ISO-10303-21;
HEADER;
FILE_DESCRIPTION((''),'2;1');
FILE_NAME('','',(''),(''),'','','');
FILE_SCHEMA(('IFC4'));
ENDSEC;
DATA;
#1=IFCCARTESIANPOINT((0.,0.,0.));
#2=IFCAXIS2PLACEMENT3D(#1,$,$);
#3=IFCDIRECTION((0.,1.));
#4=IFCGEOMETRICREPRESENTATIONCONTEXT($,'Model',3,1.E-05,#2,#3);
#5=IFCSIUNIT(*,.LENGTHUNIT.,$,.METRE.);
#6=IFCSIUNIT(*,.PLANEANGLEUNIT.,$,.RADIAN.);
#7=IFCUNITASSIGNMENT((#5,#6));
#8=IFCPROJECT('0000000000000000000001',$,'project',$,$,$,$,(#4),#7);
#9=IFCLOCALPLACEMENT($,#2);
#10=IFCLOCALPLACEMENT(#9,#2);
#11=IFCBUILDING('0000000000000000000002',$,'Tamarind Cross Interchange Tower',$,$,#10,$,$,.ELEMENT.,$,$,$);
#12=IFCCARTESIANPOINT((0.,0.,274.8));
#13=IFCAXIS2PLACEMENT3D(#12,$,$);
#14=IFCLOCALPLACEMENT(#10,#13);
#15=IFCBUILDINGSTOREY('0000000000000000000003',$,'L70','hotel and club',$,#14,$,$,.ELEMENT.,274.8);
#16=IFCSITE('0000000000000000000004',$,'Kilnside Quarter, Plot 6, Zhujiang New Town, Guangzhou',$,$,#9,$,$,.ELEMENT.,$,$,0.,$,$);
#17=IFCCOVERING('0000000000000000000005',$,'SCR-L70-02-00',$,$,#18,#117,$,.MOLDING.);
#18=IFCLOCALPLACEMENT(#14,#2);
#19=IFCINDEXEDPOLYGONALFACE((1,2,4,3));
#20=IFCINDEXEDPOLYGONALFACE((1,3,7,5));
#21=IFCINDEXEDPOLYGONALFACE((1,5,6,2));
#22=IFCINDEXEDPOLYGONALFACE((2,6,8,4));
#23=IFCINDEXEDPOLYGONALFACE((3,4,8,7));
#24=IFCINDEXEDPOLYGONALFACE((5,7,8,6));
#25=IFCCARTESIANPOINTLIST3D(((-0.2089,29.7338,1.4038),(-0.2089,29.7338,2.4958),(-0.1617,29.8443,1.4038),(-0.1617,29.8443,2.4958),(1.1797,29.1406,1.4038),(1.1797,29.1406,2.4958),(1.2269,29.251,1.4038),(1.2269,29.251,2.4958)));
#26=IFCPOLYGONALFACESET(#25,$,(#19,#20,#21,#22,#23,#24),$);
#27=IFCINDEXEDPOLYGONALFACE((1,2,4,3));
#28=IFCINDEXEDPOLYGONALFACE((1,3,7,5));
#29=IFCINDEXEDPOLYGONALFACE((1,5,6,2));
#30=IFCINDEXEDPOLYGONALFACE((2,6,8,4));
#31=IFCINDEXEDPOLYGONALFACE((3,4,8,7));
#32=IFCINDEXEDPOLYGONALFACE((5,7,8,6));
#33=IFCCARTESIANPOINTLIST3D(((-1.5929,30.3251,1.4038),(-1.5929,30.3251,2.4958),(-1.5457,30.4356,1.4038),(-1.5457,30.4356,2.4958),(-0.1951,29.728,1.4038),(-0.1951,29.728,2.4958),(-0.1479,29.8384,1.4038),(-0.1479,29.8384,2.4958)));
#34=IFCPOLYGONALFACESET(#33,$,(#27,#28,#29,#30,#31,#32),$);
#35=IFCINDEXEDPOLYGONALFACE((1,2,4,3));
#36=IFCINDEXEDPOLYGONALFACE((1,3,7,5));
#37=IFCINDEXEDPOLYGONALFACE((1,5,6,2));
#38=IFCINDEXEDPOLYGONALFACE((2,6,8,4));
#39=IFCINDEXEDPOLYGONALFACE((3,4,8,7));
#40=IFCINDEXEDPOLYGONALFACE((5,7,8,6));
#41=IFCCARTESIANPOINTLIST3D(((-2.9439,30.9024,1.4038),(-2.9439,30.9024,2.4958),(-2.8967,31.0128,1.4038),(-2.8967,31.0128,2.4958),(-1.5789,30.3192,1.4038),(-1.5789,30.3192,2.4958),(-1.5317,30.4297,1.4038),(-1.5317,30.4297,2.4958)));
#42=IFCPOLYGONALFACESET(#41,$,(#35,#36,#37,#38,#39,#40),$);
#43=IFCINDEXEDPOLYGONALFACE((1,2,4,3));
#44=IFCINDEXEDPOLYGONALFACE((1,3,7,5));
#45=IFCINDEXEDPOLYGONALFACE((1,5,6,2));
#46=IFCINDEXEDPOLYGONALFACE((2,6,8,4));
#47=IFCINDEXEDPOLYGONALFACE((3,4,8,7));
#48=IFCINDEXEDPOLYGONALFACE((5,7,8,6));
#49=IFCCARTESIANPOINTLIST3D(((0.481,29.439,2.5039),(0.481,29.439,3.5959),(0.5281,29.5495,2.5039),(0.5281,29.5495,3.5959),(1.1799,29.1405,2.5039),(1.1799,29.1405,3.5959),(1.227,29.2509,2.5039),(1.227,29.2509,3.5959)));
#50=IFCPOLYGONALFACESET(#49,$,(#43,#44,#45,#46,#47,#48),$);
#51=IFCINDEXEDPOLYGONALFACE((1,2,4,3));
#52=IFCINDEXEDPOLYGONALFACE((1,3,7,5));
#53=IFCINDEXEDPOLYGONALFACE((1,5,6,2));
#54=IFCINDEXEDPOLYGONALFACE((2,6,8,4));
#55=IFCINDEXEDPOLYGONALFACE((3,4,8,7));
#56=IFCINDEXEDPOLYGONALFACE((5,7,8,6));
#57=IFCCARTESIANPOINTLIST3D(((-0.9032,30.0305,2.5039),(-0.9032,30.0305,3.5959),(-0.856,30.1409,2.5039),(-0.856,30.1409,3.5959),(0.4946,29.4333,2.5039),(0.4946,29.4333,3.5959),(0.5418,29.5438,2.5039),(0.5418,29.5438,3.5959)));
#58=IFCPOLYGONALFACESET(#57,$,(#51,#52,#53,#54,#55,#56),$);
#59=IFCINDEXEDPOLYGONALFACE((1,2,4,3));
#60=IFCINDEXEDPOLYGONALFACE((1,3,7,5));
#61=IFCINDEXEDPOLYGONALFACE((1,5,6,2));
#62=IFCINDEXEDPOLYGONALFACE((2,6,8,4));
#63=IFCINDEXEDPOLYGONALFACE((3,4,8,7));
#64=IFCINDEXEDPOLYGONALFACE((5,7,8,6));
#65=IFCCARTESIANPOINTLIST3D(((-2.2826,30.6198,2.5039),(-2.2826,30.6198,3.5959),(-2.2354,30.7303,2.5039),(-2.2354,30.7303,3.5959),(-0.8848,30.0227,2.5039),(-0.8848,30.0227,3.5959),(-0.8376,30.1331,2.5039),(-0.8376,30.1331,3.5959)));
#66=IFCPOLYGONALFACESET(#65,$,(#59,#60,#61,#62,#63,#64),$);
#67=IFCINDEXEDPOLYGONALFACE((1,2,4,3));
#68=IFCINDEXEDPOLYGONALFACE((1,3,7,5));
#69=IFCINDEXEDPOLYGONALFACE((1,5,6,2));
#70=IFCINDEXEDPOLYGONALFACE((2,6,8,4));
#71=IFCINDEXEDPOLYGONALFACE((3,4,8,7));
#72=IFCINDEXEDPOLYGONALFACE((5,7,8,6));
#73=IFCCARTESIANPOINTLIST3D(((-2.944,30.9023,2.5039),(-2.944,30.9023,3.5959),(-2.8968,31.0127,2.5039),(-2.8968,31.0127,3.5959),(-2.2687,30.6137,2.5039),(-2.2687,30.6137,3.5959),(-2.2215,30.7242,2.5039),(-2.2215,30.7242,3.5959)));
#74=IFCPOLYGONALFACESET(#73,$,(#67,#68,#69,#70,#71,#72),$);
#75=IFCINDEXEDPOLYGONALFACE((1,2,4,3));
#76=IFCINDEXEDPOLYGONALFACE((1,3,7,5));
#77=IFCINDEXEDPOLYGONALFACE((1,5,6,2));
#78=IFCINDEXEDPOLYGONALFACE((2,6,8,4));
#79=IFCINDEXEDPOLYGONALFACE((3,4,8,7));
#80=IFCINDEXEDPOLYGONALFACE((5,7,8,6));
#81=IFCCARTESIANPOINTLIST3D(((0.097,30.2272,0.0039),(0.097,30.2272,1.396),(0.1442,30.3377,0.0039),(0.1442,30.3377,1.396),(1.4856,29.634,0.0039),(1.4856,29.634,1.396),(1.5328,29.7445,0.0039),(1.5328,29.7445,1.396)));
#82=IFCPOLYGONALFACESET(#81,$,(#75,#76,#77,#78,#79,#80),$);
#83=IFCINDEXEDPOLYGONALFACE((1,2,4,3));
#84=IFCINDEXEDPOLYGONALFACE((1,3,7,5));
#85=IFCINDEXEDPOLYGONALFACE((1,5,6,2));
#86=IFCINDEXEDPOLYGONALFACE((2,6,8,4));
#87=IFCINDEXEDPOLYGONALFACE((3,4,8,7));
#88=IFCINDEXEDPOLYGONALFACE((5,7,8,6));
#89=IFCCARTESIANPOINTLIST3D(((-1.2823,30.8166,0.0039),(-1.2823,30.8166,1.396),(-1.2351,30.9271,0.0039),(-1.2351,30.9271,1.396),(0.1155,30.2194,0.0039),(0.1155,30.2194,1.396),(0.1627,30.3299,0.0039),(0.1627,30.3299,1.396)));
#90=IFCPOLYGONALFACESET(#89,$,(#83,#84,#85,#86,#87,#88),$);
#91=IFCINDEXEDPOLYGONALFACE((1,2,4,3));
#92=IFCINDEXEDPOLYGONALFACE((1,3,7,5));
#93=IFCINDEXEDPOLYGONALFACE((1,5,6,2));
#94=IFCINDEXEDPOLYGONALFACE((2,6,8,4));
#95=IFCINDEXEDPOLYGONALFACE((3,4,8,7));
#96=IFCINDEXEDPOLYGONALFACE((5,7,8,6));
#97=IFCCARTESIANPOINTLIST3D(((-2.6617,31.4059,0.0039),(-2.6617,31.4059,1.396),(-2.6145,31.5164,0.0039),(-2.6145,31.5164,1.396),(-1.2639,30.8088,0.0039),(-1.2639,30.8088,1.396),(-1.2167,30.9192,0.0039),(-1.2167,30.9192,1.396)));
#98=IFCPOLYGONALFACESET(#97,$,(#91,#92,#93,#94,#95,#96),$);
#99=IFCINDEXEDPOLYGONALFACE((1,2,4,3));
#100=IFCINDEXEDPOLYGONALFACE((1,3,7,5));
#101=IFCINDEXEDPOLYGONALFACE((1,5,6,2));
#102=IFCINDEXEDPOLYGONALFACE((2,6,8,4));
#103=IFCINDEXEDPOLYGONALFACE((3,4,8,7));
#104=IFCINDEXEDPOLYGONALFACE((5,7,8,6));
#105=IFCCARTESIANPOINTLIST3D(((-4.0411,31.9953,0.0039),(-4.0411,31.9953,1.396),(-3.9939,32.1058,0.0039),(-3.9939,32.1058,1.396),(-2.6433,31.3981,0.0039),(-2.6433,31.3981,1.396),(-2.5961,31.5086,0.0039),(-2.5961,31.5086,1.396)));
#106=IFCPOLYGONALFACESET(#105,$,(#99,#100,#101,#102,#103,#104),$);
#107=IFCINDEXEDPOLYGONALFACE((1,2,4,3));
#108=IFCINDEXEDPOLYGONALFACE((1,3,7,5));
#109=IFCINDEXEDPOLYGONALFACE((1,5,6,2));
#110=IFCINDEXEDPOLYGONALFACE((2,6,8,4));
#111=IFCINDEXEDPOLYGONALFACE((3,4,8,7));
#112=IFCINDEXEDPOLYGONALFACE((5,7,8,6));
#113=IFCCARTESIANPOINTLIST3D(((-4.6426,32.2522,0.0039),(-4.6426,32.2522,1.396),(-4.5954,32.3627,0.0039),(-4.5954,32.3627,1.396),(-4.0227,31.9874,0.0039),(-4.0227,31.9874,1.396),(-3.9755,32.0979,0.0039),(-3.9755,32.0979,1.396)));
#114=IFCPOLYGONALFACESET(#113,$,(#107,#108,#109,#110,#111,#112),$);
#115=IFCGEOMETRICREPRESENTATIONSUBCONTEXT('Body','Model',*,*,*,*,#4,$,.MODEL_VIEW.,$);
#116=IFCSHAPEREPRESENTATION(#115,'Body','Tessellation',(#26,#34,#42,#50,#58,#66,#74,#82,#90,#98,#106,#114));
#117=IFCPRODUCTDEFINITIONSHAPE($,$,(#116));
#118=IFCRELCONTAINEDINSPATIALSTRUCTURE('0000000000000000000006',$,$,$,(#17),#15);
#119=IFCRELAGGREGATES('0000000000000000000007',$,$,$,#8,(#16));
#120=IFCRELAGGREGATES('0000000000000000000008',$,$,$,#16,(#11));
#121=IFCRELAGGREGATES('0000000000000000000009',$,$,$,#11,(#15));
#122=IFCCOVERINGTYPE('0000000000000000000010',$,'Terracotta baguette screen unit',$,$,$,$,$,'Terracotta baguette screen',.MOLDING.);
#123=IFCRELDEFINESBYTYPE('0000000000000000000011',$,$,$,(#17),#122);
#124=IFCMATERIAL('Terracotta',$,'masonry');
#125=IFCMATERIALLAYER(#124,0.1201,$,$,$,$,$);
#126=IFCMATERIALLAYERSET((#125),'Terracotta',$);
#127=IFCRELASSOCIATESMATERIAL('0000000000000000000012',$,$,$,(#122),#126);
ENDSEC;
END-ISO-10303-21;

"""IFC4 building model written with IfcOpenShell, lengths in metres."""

from ifc_helpers import new_model, si_unit, direction, frame, origin, origin_2d, place, context, subcontext, project, spatial, rectangle, extrude, material, layer, layer_set, type_object, element, save


model = new_model("IFC4")

# Units and contexts
model_context = context("Model", 3, precision=1e-05, world=origin(), true_north=direction((0.0, 1.0)))
body_context = subcontext(model_context, "Body", "Model", "MODEL_VIEW")
ifc_project = project(units=[si_unit("LENGTHUNIT", "METRE"), si_unit("PLANEANGLEUNIT", "RADIAN")], contexts=[model_context])

# Site, building, storey
site_placement = place(None, origin())
site = spatial("IfcSite", under=ifc_project, at=site_placement, Name="Kilnside Quarter, Plot 6, Zhujiang New Town, Guangzhou", CompositionType="ELEMENT", RefElevation=0.0)
building_placement = place(site_placement, origin())
building = spatial("IfcBuilding", under=site, at=building_placement, Name="Tamarind Cross Interchange Tower", CompositionType="ELEMENT")
storey_placement = place(building_placement, frame((0.0, 0.0, 274.8)))
storey = spatial("IfcBuildingStorey", under=building, at=storey_placement, Name="L70", Description="hotel and club", CompositionType="ELEMENT", Elevation=274.8)

# Covering
ifc_material_1 = material(Name="Terracotta", Category="masonry")
ifc_layer_1 = layer(ifc_material_1, 0.1201)
ifc_layer_set_1 = layer_set([ifc_layer_1], Name="Terracotta")
covering_type = type_object("IfcCoveringType", Name="Terracotta baguette screen unit", ElementType="Terracotta baguette screen", PredefinedType="MOLDING", material=ifc_layer_set_1)
covering_1_placement = place(storey_placement, origin())
element("IfcCovering", 1, at=covering_1_placement, inside=storey, type_object=covering_type, Name="SCR-L70-02-00", PredefinedType="MOLDING", context=body_context, shape_type="SweptSolid", body=[
    extrude(rectangle(XDim=1.51, YDim=0.1201, at=origin_2d()), frame((0.509, 29.4924, 1.4038), z_axis=(0.0, 0.0, 1.0), x_axis=(-0.919597, 0.392864, 0.0)), (0.0, 0.0, 1.0), 1.092),
    extrude(rectangle(XDim=1.52, YDim=0.1201, at=origin_2d()), frame((-0.8704, 30.0818, 1.4038), z_axis=(0.0, 0.0, 1.0), x_axis=(-0.919597, 0.392864, 0.0)), (0.0, 0.0, 1.0), 1.092),
    extrude(rectangle(XDim=1.4844, YDim=0.1201, at=origin_2d()), frame((-2.2378, 30.666, 1.4038), z_axis=(0.0, 0.0, 1.0), x_axis=(-0.919597, 0.392864, 0.0)), (0.0, 0.0, 1.0), 1.092),
    extrude(rectangle(XDim=0.76, YDim=0.1201, at=origin_2d()), frame((0.854, 29.345, 2.5039), z_axis=(0.0, 0.0, 1.0), x_axis=(-0.919597, 0.392864, 0.0)), (0.0, 0.0, 1.0), 1.092),
    extrude(rectangle(XDim=1.52, YDim=0.1201, at=origin_2d()), frame((-0.1807, 29.7871, 2.5039), z_axis=(0.0, 0.0, 1.0), x_axis=(-0.919597, 0.392864, 0.0)), (0.0, 0.0, 1.0), 1.092),
    extrude(rectangle(XDim=1.52, YDim=0.1201, at=origin_2d()), frame((-1.5601, 30.3765, 2.5039), z_axis=(0.0, 0.0, 1.0), x_axis=(-0.919597, 0.392864, 0.0)), (0.0, 0.0, 1.0), 1.092),
    extrude(rectangle(XDim=0.7344, YDim=0.1201, at=origin_2d()), frame((-2.5828, 30.8132, 2.5039), z_axis=(0.0, 0.0, 1.0), x_axis=(-0.919597, 0.392864, 0.0)), (0.0, 0.0, 1.0), 1.092),
    extrude(rectangle(XDim=1.51, YDim=0.1201, at=origin_2d()), frame((0.8149, 29.9858, 0.0039), z_axis=(0.0, 0.0, 1.0), x_axis=(-0.919597, 0.392864, 0.0)), (0.0, 0.0, 1.0), 1.3921),
    extrude(rectangle(XDim=1.52, YDim=0.1201, at=origin_2d()), frame((-0.5598, 30.5732, 0.0039), z_axis=(0.0, 0.0, 1.0), x_axis=(-0.919597, 0.392864, 0.0)), (0.0, 0.0, 1.0), 1.3921),
    extrude(rectangle(XDim=1.52, YDim=0.1201, at=origin_2d()), frame((-1.9392, 31.1626, 0.0039), z_axis=(0.0, 0.0, 1.0), x_axis=(-0.919597, 0.392864, 0.0)), (0.0, 0.0, 1.0), 1.3921),
    extrude(rectangle(XDim=1.52, YDim=0.1201, at=origin_2d()), frame((-3.3186, 31.752, 0.0039), z_axis=(0.0, 0.0, 1.0), x_axis=(-0.919597, 0.392864, 0.0)), (0.0, 0.0, 1.0), 1.3921),
    extrude(rectangle(XDim=0.6741, YDim=0.1201, at=origin_2d()), frame((-4.3091, 32.175, 0.0039), z_axis=(0.0, 0.0, 1.0), x_axis=(-0.919597, 0.392864, 0.0)), (0.0, 0.0, 1.0), 1.3921),
])

save(model, "model.ifc")
